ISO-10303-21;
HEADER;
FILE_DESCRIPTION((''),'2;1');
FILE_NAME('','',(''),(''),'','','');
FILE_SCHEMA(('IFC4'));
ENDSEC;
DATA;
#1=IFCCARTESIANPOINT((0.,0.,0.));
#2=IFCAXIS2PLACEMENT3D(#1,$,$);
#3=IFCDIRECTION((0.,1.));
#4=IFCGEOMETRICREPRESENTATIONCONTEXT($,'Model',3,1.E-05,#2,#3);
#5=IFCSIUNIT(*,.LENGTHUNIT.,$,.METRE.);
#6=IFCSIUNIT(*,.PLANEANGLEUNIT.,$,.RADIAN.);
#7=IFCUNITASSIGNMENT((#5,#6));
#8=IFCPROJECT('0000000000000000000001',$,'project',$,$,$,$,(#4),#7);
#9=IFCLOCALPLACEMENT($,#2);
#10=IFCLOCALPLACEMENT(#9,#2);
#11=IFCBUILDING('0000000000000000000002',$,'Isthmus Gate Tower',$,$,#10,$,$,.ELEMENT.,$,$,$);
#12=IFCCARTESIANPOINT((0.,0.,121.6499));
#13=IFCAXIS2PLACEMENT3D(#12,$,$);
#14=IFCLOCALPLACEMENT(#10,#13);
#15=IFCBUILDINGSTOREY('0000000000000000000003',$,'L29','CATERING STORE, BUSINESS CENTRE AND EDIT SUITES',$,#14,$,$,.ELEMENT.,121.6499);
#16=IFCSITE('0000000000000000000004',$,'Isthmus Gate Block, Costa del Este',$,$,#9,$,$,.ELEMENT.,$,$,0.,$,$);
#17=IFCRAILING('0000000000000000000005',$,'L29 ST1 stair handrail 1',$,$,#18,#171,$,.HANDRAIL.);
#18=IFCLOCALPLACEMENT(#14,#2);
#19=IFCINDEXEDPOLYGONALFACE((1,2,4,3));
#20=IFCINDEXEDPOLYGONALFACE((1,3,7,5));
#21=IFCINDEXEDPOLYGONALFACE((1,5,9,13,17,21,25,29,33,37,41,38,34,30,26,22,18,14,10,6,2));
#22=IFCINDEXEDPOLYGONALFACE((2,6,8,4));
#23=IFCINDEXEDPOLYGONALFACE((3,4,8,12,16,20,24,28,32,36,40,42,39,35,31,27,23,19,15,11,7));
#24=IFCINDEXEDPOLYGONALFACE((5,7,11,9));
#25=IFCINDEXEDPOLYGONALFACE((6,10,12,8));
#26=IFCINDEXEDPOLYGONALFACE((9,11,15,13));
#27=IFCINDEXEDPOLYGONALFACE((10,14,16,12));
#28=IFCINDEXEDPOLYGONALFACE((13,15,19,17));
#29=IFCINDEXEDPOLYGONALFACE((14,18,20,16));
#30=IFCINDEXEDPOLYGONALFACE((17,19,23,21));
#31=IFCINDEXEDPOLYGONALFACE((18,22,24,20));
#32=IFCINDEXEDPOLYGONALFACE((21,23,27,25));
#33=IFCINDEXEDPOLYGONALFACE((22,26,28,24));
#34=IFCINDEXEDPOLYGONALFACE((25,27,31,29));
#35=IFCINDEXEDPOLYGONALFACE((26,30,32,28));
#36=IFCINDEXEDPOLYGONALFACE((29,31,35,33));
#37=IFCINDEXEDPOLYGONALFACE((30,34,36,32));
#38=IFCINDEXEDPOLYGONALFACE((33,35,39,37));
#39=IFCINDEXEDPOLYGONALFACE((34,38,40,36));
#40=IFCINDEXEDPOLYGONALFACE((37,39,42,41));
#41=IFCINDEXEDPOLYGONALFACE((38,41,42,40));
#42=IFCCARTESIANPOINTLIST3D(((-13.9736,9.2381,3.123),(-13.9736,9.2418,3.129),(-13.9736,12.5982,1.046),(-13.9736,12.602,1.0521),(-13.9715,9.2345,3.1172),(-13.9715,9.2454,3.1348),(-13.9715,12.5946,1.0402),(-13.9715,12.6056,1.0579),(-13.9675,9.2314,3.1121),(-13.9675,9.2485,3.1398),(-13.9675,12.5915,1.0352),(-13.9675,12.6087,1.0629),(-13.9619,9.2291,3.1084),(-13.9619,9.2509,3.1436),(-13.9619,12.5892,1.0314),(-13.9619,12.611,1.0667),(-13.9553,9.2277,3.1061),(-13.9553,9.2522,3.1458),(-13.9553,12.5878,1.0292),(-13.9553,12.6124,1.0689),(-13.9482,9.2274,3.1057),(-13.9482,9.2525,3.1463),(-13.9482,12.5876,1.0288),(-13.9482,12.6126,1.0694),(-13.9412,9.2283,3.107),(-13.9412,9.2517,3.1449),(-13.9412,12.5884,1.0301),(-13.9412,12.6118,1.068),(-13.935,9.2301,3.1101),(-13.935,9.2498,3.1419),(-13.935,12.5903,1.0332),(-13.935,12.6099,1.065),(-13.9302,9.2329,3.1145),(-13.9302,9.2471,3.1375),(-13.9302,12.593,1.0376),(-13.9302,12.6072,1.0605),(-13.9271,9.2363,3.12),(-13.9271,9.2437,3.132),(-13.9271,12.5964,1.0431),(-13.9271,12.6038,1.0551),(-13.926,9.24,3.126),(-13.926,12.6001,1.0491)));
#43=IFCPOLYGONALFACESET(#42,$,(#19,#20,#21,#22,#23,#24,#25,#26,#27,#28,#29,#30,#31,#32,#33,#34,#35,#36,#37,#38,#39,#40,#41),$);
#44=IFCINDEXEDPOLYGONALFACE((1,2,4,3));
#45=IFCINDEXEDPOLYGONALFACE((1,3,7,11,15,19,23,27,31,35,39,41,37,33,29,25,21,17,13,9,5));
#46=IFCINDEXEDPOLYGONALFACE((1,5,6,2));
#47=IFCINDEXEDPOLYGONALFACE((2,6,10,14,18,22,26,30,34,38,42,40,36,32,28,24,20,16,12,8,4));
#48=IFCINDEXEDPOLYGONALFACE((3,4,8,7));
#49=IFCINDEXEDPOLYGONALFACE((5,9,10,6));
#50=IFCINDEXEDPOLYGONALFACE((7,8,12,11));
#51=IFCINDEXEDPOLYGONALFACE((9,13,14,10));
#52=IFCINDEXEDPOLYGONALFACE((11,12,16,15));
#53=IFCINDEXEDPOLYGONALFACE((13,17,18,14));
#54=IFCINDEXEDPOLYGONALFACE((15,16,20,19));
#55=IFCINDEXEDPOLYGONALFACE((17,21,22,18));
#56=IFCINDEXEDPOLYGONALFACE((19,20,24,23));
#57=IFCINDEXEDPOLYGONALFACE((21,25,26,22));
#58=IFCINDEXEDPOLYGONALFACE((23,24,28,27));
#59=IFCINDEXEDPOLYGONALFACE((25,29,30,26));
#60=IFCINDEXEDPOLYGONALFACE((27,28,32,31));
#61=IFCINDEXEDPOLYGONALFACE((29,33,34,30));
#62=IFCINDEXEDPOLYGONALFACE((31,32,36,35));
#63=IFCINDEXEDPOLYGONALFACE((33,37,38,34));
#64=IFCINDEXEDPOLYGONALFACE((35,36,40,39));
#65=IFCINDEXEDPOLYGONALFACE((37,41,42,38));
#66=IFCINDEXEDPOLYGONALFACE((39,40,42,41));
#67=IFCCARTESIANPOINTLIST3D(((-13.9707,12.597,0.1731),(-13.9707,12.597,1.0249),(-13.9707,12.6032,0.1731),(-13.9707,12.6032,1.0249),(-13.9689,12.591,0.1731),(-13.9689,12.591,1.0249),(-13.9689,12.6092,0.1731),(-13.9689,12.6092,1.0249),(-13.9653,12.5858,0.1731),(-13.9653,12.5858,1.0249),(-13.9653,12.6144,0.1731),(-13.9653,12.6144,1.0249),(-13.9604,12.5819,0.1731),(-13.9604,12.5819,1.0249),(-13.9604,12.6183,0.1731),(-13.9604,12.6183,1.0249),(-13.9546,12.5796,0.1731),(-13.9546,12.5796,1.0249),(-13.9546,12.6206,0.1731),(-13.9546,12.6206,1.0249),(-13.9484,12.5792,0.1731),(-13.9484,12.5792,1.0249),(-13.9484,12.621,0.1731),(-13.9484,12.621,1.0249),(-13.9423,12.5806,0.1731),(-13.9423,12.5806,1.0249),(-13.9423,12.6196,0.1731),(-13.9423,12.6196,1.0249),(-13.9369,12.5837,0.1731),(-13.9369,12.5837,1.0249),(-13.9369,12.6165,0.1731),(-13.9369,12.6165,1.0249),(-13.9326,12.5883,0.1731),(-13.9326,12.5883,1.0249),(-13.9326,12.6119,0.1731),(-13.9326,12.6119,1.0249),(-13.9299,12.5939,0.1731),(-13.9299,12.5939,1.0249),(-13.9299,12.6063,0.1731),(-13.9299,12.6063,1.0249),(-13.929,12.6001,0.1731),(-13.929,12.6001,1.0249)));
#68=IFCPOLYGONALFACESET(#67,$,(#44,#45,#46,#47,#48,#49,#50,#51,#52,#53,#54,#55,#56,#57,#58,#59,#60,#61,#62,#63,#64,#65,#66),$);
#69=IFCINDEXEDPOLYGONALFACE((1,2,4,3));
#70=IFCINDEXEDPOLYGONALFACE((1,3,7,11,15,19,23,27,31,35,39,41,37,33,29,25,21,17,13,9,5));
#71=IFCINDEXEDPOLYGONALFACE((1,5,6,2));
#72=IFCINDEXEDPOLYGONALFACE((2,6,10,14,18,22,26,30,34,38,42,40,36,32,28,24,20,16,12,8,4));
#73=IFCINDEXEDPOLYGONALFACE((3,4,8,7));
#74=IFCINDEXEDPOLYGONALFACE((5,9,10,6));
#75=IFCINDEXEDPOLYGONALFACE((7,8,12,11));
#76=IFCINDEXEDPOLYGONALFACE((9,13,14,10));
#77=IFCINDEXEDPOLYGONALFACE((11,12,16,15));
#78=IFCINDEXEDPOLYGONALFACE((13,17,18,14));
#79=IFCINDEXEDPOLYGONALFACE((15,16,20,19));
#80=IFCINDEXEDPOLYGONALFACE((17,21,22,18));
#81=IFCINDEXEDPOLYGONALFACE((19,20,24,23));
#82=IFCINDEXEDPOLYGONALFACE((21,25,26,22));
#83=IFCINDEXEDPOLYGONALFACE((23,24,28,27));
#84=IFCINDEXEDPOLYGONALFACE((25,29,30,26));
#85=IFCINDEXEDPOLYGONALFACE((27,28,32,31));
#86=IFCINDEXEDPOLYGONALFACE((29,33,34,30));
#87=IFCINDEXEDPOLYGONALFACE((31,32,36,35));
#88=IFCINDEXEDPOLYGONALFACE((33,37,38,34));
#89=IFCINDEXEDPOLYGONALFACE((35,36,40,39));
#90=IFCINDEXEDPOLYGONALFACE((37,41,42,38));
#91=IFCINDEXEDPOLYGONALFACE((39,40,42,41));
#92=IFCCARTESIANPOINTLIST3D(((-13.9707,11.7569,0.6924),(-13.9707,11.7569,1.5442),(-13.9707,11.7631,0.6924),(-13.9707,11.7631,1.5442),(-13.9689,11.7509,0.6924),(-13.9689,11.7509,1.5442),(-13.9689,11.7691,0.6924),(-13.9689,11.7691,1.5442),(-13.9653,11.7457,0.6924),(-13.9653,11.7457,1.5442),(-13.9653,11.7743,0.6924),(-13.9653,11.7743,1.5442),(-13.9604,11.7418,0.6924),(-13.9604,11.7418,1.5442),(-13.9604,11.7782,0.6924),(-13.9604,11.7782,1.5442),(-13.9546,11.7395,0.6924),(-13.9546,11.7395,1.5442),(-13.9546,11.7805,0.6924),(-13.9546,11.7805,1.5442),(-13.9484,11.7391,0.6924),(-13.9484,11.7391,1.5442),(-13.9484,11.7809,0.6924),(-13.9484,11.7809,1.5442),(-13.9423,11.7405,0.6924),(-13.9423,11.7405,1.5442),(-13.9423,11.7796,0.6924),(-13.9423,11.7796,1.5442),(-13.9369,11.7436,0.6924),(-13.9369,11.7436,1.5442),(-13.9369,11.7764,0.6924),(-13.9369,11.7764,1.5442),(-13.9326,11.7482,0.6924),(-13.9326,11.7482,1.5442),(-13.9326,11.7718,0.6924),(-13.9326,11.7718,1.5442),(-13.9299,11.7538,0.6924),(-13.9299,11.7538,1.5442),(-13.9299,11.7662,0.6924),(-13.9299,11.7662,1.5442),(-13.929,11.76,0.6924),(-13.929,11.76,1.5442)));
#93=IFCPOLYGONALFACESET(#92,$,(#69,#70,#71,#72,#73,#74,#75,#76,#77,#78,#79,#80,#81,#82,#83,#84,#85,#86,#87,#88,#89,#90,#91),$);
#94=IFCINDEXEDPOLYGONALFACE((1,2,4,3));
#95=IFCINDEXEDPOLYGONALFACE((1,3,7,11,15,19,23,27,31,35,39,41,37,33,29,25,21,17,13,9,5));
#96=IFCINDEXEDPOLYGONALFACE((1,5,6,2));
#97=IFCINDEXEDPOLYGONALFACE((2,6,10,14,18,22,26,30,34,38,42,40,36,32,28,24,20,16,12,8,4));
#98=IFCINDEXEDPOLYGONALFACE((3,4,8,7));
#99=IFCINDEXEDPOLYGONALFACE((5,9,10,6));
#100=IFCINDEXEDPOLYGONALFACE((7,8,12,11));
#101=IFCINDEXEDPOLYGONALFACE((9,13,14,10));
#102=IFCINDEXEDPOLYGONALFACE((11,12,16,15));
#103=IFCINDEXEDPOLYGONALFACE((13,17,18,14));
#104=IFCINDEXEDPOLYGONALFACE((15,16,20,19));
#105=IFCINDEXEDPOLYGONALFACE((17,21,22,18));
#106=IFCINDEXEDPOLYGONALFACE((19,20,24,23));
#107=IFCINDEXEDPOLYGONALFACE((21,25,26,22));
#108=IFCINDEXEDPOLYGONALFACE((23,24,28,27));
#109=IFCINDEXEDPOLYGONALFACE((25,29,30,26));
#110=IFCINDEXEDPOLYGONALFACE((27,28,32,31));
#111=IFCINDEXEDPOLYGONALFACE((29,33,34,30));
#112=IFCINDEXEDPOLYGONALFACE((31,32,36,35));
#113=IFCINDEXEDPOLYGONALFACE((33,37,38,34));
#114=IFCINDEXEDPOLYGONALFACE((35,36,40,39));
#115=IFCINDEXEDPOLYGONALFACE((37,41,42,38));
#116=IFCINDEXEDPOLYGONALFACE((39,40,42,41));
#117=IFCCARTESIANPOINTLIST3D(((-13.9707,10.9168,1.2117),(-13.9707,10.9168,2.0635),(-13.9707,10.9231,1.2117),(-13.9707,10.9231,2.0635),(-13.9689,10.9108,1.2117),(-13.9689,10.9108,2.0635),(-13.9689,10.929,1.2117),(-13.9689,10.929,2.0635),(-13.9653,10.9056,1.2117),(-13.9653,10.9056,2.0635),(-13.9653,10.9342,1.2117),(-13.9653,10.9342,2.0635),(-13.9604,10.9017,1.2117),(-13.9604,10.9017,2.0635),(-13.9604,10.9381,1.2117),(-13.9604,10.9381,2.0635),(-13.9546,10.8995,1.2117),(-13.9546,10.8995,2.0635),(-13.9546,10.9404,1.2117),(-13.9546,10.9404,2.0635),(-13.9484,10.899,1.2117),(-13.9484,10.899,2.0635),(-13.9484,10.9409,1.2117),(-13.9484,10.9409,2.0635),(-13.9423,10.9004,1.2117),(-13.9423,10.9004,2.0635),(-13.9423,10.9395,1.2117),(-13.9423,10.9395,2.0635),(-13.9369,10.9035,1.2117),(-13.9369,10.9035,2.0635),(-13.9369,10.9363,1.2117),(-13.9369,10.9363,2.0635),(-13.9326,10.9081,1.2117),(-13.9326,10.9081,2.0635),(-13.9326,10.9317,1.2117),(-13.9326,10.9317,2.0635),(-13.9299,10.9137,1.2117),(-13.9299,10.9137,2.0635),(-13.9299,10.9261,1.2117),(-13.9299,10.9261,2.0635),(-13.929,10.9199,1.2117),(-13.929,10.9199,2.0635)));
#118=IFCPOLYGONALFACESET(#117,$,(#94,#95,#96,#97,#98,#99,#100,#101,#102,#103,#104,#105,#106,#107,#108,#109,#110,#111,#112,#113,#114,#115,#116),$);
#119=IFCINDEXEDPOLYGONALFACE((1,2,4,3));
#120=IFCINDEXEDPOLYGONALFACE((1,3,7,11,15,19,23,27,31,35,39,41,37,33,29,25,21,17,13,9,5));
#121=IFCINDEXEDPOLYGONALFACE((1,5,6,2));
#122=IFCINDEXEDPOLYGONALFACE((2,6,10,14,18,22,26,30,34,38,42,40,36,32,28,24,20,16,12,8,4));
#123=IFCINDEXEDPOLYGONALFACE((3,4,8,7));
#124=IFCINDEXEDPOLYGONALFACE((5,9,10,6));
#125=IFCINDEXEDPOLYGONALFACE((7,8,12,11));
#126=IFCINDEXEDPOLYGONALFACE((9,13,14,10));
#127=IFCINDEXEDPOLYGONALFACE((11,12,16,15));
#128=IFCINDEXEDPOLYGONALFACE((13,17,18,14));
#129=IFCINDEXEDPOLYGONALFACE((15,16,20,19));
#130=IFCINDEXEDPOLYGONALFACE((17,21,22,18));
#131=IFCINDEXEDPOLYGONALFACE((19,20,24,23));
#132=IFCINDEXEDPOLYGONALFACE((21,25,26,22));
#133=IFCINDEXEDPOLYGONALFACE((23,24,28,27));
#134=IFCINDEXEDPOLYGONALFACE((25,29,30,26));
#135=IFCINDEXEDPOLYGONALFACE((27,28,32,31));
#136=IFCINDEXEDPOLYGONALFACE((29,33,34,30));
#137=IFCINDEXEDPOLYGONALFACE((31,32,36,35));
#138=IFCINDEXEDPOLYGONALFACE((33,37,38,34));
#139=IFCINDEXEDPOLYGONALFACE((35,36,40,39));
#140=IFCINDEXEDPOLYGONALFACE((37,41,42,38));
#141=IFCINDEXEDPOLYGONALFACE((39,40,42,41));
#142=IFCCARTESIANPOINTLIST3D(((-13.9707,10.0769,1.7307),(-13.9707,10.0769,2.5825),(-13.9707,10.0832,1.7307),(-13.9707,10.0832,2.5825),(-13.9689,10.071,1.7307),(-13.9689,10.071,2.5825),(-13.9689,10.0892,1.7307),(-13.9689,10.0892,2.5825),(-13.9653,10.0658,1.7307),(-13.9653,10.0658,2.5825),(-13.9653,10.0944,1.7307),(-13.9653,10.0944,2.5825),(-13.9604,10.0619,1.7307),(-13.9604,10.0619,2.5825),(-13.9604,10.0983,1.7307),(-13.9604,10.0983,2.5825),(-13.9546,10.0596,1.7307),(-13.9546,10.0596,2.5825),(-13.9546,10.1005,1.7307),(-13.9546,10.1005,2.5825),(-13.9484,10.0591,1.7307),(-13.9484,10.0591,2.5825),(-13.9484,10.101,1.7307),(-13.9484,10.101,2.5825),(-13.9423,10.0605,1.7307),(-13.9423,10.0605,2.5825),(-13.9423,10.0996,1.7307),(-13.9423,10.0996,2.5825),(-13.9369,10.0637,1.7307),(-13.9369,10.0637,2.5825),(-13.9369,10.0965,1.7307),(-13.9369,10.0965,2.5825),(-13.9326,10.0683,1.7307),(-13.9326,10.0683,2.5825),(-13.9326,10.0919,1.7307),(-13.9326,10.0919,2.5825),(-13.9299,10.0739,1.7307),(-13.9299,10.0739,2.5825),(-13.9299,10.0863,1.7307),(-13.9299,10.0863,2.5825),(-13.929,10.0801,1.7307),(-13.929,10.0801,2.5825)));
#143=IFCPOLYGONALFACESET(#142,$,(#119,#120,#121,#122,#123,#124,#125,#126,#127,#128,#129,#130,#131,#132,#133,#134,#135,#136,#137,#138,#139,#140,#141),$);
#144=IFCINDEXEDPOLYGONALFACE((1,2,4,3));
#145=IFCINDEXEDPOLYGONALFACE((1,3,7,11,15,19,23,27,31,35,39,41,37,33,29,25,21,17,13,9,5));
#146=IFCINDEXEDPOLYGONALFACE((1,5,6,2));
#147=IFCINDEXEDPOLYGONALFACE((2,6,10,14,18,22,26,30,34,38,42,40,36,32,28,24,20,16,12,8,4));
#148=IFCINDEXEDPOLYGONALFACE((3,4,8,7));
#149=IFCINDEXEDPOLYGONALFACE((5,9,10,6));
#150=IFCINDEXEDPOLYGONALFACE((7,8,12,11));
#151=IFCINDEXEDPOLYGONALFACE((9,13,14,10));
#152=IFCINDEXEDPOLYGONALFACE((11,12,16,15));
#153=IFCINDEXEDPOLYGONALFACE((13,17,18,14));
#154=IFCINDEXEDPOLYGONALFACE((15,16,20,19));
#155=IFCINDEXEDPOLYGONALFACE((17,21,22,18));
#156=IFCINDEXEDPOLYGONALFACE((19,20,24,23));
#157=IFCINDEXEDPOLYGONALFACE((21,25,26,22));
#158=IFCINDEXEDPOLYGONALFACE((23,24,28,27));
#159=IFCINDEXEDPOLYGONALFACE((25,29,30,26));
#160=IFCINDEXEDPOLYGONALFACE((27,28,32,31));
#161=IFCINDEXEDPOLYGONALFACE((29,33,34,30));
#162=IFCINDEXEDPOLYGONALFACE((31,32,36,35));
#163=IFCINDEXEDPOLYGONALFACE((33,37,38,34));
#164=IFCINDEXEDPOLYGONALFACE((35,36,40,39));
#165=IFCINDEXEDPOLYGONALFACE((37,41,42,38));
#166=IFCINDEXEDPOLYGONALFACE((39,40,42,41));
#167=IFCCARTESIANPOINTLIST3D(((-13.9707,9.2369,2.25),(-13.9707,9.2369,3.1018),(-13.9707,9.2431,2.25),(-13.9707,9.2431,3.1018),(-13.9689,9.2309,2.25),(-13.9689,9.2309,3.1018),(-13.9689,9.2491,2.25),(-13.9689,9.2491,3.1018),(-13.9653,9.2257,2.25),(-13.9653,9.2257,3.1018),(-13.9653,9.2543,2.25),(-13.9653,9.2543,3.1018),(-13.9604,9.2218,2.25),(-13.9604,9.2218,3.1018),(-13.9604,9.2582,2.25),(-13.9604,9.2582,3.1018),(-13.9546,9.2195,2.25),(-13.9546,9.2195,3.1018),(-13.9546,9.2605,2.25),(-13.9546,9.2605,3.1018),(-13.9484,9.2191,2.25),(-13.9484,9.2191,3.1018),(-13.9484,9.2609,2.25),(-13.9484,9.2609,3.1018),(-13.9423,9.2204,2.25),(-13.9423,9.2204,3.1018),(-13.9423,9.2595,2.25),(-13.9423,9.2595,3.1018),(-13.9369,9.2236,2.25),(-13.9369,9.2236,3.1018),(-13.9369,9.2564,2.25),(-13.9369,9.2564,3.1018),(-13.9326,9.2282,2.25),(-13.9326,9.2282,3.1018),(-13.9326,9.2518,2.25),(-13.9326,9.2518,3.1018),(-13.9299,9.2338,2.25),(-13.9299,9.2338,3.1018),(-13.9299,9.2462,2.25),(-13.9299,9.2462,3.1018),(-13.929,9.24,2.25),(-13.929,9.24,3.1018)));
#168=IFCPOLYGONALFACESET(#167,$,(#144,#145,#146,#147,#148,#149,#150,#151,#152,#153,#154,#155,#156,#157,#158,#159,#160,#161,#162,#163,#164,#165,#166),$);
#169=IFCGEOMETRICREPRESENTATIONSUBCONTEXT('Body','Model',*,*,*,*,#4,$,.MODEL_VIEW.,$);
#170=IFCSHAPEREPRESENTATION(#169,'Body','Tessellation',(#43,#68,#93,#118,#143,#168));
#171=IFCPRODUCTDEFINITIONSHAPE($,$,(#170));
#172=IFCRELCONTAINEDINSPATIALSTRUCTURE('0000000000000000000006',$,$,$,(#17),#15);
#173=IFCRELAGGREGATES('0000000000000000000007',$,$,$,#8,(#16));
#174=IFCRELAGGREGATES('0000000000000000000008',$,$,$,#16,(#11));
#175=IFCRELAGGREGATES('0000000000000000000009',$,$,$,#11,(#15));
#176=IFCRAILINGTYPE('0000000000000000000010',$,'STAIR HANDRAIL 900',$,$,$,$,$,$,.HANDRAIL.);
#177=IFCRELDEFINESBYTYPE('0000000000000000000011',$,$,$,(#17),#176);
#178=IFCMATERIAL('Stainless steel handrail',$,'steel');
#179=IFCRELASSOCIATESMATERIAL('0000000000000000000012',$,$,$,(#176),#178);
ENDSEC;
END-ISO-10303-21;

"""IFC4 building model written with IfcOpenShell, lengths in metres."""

from ifc_helpers import new_model, si_unit, direction, frame, origin, origin_2d, place, context, subcontext, project, spatial, circle, extrude, material, type_object, element, save


model = new_model("IFC4")

# Units and contexts
model_context = context("Model", 3, precision=1e-05, world=origin(), true_north=direction((0.0, 1.0)))
body_context = subcontext(model_context, "Body", "Model", "MODEL_VIEW")
ifc_project = project(units=[si_unit("LENGTHUNIT", "METRE"), si_unit("PLANEANGLEUNIT", "RADIAN")], contexts=[model_context])

# Site, building, storey
site_placement = place(None, origin())
site = spatial("IfcSite", under=ifc_project, at=site_placement, Name="Isthmus Gate Block, Costa del Este", CompositionType="ELEMENT", RefElevation=0.0)
building_placement = place(site_placement, origin())
building = spatial("IfcBuilding", under=site, at=building_placement, Name="Isthmus Gate Tower", CompositionType="ELEMENT")
storey_placement = place(building_placement, frame((0.0, 0.0, 121.6499)))
storey = spatial("IfcBuildingStorey", under=building, at=storey_placement, Name="L29", Description="CATERING STORE, BUSINESS CENTRE AND EDIT SUITES", CompositionType="ELEMENT", Elevation=121.6499)

# Railing
ifc_material_1 = material(Name="Stainless steel handrail", Category="steel")
railing_type_1 = type_object("IfcRailingType", Name="STAIR HANDRAIL 900", PredefinedType="HANDRAIL", material=ifc_material_1)
for number, where, name in (
    (1, (-13.95, 12.6001, 0.1731), "L29 ST1 stair handrail 1"),
):
    element("IfcRailing", number, at=place(storey_placement, frame(where)), inside=storey, type_object=railing_type_1, Name=name, PredefinedType="HANDRAIL", context=body_context, shape_type="SweptSolid", body=[
        extrude(circle(Radius=0.0239, at=origin_2d()), frame((0.0, 0.0, 0.876), z_axis=(0.0, -0.850623, 0.525776), x_axis=(1.0, 0.0, 0.0)), (0.0, 0.0, 1.0), 3.9502),
        extrude(circle(Radius=0.021, at=origin_2d()), origin(), (0.0, 0.0, 1.0), 0.8518),
        extrude(circle(Radius=0.021, at=origin_2d()), frame((0.0, -0.8401, 0.5193)), (0.0, 0.0, 1.0), 0.8518),
        extrude(circle(Radius=0.021, at=origin_2d()), frame((0.0, -1.6802, 1.0386)), (0.0, 0.0, 1.0), 0.8518),
        extrude(circle(Radius=0.021, at=origin_2d()), frame((0.0, -2.52, 1.5576)), (0.0, 0.0, 1.0), 0.8518),
        extrude(circle(Radius=0.021, at=origin_2d()), frame((0.0, -3.3601, 2.0769)), (0.0, 0.0, 1.0), 0.8518),
    ])

save(model, "model.ifc")
